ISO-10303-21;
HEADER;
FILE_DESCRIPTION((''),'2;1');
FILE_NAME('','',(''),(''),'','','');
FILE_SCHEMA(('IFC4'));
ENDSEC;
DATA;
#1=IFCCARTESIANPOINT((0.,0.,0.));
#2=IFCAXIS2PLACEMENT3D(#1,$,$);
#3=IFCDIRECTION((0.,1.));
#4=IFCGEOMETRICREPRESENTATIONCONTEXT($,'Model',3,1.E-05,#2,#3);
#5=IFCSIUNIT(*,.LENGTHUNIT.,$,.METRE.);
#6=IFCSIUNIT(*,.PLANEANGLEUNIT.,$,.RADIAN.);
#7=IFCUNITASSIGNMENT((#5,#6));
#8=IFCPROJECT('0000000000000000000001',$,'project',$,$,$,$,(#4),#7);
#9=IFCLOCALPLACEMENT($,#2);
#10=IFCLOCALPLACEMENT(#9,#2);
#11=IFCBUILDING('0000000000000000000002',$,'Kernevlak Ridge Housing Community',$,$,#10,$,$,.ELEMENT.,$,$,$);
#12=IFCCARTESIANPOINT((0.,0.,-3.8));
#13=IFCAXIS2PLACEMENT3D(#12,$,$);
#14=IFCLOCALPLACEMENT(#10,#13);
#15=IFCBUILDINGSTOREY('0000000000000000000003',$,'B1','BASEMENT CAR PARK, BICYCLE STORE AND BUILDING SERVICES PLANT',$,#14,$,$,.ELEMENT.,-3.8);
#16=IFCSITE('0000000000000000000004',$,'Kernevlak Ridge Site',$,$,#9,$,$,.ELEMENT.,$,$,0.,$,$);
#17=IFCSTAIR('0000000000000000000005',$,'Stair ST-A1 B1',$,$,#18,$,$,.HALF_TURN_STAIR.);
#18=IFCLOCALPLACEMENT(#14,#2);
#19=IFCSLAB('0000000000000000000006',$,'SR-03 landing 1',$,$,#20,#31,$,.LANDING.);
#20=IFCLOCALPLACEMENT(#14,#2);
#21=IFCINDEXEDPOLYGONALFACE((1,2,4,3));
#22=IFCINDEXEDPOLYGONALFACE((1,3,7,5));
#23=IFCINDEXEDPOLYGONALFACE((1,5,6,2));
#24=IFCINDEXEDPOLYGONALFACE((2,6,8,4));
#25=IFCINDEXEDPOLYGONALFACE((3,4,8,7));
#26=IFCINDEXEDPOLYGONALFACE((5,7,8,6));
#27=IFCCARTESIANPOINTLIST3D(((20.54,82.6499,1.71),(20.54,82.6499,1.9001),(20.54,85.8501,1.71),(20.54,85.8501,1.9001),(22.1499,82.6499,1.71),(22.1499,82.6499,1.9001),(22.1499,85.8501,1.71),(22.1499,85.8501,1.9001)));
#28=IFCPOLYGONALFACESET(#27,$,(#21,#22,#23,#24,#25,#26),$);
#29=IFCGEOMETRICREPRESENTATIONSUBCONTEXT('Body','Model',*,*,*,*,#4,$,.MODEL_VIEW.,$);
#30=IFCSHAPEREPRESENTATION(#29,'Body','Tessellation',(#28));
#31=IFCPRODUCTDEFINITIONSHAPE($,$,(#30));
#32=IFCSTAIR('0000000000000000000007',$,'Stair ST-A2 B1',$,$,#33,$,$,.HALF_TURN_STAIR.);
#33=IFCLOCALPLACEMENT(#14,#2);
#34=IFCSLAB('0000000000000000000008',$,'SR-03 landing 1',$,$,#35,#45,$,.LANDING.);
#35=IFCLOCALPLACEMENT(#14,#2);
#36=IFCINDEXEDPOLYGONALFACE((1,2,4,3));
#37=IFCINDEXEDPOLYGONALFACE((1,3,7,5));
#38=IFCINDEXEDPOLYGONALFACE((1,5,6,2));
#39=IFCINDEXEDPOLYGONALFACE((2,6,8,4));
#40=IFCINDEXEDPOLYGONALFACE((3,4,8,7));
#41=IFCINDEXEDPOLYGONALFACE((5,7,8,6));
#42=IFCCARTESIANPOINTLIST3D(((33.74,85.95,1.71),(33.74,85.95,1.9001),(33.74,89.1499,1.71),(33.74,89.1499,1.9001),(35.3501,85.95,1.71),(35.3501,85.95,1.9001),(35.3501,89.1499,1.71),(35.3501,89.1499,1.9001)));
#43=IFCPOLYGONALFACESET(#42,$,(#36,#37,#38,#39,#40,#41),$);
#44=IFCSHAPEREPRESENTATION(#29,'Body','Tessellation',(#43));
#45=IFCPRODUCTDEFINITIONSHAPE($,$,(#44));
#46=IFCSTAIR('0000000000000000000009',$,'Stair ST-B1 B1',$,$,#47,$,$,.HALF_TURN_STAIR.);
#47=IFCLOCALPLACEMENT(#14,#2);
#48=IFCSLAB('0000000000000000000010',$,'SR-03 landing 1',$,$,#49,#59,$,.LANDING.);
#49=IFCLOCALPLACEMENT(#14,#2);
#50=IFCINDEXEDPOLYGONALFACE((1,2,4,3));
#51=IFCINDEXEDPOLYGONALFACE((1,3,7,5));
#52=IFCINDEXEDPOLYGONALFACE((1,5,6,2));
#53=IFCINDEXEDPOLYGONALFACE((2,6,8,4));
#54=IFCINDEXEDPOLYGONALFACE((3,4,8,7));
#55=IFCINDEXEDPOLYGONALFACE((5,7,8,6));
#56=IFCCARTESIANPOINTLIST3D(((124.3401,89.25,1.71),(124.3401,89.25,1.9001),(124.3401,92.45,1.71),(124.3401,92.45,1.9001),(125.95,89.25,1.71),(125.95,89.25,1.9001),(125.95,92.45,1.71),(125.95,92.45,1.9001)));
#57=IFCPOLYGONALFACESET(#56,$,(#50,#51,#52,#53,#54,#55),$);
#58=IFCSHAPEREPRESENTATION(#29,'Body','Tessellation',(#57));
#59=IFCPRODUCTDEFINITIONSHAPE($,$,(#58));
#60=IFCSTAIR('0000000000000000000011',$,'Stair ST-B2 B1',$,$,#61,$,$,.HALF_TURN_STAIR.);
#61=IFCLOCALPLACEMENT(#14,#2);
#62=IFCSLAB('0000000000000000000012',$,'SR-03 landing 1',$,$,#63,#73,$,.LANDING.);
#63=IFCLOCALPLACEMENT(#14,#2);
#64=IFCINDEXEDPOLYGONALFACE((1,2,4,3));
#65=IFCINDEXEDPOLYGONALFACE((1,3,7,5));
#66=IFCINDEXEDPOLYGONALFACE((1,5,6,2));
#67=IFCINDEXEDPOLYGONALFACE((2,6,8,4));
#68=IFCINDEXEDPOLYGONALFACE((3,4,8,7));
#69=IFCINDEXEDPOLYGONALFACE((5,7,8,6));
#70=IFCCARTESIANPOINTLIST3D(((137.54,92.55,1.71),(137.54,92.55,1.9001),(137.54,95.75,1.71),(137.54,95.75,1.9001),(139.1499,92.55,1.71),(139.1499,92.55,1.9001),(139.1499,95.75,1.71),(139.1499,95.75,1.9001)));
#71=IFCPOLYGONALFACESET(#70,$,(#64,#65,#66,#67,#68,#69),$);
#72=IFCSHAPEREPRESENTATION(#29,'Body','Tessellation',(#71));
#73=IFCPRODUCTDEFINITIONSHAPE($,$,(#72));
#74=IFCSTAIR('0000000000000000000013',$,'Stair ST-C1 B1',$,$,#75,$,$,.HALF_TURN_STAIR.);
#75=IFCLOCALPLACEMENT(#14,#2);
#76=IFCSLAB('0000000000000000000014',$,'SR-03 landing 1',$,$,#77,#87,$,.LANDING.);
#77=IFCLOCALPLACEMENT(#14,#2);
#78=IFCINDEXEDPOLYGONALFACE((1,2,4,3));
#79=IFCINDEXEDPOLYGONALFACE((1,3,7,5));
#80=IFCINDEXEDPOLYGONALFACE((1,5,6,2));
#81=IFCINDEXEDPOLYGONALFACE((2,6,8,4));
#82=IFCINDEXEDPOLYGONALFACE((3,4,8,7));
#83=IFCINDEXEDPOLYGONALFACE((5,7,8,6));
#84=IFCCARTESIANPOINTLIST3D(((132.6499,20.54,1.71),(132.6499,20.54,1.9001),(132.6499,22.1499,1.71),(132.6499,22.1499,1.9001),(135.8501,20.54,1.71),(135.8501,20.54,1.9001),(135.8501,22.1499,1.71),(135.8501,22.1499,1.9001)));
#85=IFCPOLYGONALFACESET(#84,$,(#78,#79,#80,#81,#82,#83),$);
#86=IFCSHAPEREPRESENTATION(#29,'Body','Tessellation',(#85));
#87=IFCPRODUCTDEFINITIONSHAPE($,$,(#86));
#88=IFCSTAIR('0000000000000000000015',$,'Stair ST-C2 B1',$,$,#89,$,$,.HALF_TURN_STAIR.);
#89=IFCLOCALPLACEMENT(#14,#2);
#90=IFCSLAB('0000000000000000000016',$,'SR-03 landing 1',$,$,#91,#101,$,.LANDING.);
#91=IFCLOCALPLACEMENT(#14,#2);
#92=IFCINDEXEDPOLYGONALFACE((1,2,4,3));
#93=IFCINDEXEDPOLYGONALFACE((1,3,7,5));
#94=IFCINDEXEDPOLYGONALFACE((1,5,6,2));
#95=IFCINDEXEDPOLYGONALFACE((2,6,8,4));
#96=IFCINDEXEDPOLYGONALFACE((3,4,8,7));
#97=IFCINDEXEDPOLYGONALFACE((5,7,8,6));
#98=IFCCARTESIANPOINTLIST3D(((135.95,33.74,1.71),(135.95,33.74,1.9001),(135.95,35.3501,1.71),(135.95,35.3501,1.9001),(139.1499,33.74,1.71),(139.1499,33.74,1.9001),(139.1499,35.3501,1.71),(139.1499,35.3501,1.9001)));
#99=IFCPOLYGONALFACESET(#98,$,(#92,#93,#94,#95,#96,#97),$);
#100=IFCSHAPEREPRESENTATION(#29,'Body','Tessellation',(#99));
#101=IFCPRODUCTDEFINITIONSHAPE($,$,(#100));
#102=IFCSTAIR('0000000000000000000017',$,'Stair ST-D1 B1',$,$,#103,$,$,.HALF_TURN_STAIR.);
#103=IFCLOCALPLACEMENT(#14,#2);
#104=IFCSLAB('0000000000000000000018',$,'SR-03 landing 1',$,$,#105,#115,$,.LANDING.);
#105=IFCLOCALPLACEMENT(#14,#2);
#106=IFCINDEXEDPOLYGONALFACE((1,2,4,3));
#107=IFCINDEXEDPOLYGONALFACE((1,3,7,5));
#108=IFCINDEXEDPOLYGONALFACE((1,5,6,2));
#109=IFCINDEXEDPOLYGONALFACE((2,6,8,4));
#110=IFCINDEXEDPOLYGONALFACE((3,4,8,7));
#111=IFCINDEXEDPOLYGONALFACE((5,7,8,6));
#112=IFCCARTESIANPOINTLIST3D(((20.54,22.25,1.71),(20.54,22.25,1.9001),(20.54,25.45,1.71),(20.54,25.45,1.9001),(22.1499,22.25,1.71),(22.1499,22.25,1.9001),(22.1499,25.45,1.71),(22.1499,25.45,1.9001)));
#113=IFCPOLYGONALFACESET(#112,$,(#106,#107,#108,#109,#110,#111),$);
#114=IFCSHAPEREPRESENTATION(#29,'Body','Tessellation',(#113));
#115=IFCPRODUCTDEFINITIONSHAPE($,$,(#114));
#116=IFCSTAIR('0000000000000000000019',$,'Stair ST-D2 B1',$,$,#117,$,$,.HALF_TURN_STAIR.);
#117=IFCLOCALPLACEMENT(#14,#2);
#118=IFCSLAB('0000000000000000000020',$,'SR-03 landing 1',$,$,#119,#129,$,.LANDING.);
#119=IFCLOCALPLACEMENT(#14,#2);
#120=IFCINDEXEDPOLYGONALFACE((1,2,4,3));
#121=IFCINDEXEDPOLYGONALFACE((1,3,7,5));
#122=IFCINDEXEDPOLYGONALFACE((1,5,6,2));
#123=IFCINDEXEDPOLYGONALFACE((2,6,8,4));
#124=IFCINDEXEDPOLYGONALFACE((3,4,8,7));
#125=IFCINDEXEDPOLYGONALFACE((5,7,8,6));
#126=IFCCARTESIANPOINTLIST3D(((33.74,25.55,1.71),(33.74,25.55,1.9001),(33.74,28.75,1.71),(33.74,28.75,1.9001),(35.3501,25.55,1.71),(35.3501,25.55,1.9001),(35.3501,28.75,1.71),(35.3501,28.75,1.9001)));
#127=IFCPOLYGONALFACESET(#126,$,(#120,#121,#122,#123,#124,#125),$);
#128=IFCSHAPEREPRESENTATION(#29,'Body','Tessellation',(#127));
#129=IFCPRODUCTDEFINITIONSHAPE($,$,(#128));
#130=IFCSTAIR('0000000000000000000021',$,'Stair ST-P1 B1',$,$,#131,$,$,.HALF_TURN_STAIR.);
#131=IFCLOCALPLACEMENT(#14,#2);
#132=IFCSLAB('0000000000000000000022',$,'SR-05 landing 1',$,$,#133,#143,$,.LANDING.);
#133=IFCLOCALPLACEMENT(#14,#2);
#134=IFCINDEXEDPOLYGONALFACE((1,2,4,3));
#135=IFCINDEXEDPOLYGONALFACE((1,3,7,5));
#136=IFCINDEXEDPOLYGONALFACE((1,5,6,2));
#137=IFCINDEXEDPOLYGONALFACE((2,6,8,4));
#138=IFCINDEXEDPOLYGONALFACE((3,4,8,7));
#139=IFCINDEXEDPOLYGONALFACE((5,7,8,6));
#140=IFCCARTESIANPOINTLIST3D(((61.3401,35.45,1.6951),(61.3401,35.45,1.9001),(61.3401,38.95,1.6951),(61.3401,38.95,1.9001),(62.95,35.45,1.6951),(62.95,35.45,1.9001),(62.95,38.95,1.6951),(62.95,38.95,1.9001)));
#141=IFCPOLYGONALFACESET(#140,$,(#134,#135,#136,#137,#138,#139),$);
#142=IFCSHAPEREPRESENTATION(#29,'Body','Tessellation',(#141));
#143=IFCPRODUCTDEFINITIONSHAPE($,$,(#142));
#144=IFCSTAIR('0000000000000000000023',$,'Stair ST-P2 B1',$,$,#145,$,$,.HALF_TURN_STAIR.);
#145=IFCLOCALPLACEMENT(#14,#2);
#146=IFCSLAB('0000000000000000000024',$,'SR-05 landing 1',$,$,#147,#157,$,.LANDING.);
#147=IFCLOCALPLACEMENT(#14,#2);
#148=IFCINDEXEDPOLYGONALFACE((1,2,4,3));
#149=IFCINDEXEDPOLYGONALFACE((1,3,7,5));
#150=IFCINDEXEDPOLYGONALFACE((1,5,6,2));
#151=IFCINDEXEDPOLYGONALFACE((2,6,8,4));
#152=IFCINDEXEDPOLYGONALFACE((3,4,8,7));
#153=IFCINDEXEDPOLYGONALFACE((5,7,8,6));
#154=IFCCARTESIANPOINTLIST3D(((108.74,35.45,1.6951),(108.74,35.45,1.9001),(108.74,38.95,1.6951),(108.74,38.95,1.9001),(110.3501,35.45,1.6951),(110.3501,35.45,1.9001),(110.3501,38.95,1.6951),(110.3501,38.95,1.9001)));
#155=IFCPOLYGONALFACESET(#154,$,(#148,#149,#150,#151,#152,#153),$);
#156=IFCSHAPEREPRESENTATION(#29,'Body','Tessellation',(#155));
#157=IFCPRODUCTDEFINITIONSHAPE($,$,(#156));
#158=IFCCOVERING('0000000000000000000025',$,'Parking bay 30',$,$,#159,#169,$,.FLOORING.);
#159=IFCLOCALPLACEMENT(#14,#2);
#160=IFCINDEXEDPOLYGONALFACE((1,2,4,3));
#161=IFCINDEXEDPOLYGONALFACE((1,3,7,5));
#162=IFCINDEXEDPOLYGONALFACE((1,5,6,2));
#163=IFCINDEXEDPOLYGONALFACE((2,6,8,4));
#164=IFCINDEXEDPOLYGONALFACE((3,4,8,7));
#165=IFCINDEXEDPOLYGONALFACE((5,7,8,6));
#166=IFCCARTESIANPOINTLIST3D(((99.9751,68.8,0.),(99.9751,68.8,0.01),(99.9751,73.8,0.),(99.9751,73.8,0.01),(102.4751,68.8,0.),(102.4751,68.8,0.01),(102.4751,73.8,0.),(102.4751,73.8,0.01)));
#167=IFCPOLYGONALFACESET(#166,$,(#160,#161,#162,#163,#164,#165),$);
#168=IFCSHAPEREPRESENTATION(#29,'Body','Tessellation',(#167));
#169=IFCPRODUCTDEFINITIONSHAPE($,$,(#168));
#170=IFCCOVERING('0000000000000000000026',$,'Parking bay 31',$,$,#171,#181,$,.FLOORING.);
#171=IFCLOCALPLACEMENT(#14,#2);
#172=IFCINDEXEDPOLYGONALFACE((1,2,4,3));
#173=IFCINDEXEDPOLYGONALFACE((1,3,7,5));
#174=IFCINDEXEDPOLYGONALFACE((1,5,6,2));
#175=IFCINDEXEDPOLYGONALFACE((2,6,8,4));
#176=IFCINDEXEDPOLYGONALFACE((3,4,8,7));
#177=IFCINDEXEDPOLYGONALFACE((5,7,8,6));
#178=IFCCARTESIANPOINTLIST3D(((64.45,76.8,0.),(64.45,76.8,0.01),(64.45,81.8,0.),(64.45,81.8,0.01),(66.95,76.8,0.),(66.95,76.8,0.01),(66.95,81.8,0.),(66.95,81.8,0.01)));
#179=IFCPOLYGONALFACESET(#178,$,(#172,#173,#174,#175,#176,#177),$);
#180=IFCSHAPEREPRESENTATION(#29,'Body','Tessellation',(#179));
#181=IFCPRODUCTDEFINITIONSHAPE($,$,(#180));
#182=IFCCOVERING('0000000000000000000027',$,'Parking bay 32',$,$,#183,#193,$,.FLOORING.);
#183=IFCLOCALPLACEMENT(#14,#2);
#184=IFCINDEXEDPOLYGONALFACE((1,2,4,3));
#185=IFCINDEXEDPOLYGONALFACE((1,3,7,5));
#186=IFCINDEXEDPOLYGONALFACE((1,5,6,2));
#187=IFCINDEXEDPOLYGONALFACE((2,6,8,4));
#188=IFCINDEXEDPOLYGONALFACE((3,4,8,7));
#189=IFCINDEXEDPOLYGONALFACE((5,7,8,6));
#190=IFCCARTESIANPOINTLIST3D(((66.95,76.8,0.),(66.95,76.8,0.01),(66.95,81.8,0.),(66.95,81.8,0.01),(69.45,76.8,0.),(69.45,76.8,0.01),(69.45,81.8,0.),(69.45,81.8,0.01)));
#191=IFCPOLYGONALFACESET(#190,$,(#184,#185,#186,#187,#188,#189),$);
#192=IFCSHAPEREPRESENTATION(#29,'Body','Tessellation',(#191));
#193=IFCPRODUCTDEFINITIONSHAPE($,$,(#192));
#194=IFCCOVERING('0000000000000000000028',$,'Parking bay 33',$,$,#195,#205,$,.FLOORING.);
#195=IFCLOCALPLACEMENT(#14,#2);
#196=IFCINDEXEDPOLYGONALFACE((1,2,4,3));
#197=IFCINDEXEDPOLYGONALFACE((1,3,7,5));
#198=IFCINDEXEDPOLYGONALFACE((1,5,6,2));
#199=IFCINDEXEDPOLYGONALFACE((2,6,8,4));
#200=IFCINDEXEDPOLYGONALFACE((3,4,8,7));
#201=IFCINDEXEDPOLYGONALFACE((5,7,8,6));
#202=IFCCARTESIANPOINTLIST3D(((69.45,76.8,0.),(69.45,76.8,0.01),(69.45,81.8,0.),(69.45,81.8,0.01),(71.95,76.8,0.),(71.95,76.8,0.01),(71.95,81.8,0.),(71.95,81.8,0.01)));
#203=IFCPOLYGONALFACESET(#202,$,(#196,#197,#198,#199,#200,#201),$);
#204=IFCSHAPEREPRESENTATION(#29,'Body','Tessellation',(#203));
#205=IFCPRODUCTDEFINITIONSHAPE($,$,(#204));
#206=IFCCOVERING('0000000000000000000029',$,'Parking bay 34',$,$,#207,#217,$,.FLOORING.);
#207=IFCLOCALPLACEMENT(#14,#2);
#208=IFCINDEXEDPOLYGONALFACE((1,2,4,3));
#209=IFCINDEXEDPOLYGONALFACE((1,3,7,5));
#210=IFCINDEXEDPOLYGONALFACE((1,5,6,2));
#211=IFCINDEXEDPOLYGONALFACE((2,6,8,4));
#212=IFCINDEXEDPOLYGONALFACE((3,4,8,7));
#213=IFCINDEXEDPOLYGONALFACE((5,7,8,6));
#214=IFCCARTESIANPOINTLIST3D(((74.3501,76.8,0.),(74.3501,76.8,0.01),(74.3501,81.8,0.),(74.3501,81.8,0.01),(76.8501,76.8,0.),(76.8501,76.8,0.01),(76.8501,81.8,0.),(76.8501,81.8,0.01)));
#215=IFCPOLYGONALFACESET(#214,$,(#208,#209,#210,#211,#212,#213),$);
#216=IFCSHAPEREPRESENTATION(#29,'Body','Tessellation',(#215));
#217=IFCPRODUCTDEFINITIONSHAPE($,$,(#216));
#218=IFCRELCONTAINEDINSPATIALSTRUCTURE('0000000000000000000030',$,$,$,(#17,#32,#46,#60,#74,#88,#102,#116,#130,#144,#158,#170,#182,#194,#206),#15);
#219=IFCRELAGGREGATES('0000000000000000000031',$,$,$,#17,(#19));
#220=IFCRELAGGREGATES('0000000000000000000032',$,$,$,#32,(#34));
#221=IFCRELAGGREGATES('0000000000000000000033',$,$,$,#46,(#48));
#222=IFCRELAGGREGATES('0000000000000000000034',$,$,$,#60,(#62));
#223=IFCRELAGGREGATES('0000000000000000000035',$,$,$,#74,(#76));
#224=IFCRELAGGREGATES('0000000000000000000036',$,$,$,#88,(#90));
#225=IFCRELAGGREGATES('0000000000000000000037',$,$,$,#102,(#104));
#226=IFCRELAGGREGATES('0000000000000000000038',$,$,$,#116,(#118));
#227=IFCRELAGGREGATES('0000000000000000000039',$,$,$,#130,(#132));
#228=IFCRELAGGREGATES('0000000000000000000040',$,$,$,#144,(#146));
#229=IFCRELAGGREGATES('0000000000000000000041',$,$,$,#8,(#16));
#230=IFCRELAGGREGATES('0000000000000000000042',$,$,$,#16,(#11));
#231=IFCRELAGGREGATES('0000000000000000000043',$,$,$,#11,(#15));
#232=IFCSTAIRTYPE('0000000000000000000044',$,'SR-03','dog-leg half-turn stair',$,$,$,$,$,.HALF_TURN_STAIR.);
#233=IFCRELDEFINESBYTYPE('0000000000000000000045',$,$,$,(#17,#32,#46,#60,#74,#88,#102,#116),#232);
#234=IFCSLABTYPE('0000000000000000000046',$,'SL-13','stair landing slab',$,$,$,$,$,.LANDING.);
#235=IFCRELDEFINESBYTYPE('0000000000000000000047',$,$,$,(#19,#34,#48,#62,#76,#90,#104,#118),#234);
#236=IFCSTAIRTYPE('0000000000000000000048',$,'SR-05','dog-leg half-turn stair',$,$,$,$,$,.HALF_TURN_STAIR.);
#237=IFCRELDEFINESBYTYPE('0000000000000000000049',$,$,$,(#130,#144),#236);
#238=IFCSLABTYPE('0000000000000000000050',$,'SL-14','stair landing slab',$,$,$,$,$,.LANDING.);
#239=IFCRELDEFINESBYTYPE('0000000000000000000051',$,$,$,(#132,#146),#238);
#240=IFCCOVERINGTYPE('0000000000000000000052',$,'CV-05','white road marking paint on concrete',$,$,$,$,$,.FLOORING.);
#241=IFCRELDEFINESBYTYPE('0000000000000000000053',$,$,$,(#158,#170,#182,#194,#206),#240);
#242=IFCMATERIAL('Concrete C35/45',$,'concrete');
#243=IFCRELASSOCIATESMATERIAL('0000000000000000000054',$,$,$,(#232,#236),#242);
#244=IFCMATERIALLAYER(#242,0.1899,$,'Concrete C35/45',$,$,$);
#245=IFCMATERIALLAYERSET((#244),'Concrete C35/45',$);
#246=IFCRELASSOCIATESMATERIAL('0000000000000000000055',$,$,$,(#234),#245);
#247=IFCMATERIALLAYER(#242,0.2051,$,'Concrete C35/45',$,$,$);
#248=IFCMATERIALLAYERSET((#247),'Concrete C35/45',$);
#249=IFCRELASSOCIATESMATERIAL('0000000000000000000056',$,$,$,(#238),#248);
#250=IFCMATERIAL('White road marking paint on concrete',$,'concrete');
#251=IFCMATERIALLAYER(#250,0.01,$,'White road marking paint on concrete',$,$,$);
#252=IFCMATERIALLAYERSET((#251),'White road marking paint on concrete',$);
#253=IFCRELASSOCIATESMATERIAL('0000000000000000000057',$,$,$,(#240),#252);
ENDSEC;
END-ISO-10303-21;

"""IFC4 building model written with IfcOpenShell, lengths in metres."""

from ifc_helpers import new_model, si_unit, direction, frame, origin, place, context, subcontext, project, spatial, polyline, outline, extrude, material, layer, layer_set, type_object, element, aggregate, save


model = new_model("IFC4")

# Units and contexts
model_context = context("Model", 3, precision=1e-05, world=origin(), true_north=direction((0.0, 1.0)))
body_context = subcontext(model_context, "Body", "Model", "MODEL_VIEW")
ifc_project = project(units=[si_unit("LENGTHUNIT", "METRE"), si_unit("PLANEANGLEUNIT", "RADIAN")], contexts=[model_context])

# Site, building, storey
site_placement = place(None, origin())
site = spatial("IfcSite", under=ifc_project, at=site_placement, Name="Kernevlak Ridge Site", CompositionType="ELEMENT", RefElevation=0.0)
building_placement = place(site_placement, origin())
building = spatial("IfcBuilding", under=site, at=building_placement, Name="Kernevlak Ridge Housing Community", CompositionType="ELEMENT")
storey_placement = place(building_placement, frame((0.0, 0.0, -3.8)))
storey = spatial("IfcBuildingStorey", under=building, at=storey_placement, Name="B1", Description="BASEMENT CAR PARK, BICYCLE STORE AND BUILDING SERVICES PLANT", CompositionType="ELEMENT", Elevation=-3.8)

# Stairs, slabs
ifc_material_1 = material(Name="Concrete C35/45", Category="concrete")
stair_type_1 = type_object("IfcStairType", Name="SR-03", Description="dog-leg half-turn stair", PredefinedType="HALF_TURN_STAIR", material=ifc_material_1)
stair_1_placement = place(storey_placement, origin())
stair_1 = element("IfcStair", 1, at=stair_1_placement, inside=storey, type_object=stair_type_1, Name="Stair ST-A1 B1", PredefinedType="HALF_TURN_STAIR")
ifc_layer_1 = layer(ifc_material_1, 0.1899, Name="Concrete C35/45")
ifc_layer_set_1 = layer_set([ifc_layer_1], Name="Concrete C35/45")
slab_type_1 = type_object("IfcSlabType", Name="SL-13", Description="stair landing slab", PredefinedType="LANDING", material=ifc_layer_set_1)
slab_1_placement = place(storey_placement, frame((0.0, 0.0, 1.71)))
slab_1 = element("IfcSlab", 2, at=slab_1_placement, type_object=slab_type_1, Name="SR-03 landing 1", PredefinedType="LANDING", context=body_context, shape_type="SweptSolid", body=[
    extrude(outline(polyline([(20.54, 82.6499), (22.1499, 82.6499), (22.1499, 85.8501), (20.54, 85.8501), (20.54, 82.6499)])), origin(), (0.0, 0.0, 1.0), 0.1902),
])
aggregate(stair_1, [slab_1])
stair_2_placement = place(storey_placement, origin())
stair_2 = element("IfcStair", 3, at=stair_2_placement, inside=storey, type_object=stair_type_1, Name="Stair ST-A2 B1", PredefinedType="HALF_TURN_STAIR")
slab_2_placement = place(storey_placement, frame((0.0, 0.0, 1.71)))
slab_2 = element("IfcSlab", 4, at=slab_2_placement, type_object=slab_type_1, Name="SR-03 landing 1", PredefinedType="LANDING", context=body_context, shape_type="SweptSolid", body=[
    extrude(outline(polyline([(33.74, 85.95), (35.3501, 85.95), (35.3501, 89.1499), (33.74, 89.1499), (33.74, 85.95)])), origin(), (0.0, 0.0, 1.0), 0.1902),
])
aggregate(stair_2, [slab_2])
stair_3_placement = place(storey_placement, origin())
stair_3 = element("IfcStair", 5, at=stair_3_placement, inside=storey, type_object=stair_type_1, Name="Stair ST-B1 B1", PredefinedType="HALF_TURN_STAIR")
slab_3_placement = place(storey_placement, frame((0.0, 0.0, 1.71)))
slab_3 = element("IfcSlab", 6, at=slab_3_placement, type_object=slab_type_1, Name="SR-03 landing 1", PredefinedType="LANDING", context=body_context, shape_type="SweptSolid", body=[
    extrude(outline(polyline([(124.3401, 89.25), (125.95, 89.25), (125.95, 92.45), (124.3401, 92.45), (124.3401, 89.25)])), origin(), (0.0, 0.0, 1.0), 0.1902),
])
aggregate(stair_3, [slab_3])
stair_4_placement = place(storey_placement, origin())
stair_4 = element("IfcStair", 7, at=stair_4_placement, inside=storey, type_object=stair_type_1, Name="Stair ST-B2 B1", PredefinedType="HALF_TURN_STAIR")
slab_4_placement = place(storey_placement, frame((0.0, 0.0, 1.71)))
slab_4 = element("IfcSlab", 8, at=slab_4_placement, type_object=slab_type_1, Name="SR-03 landing 1", PredefinedType="LANDING", context=body_context, shape_type="SweptSolid", body=[
    extrude(outline(polyline([(137.54, 92.55), (139.1499, 92.55), (139.1499, 95.75), (137.54, 95.75), (137.54, 92.55)])), origin(), (0.0, 0.0, 1.0), 0.1902),
])
aggregate(stair_4, [slab_4])
stair_5_placement = place(storey_placement, origin())
stair_5 = element("IfcStair", 9, at=stair_5_placement, inside=storey, type_object=stair_type_1, Name="Stair ST-C1 B1", PredefinedType="HALF_TURN_STAIR")
slab_5_placement = place(storey_placement, frame((0.0, 0.0, 1.71)))
slab_5 = element("IfcSlab", 10, at=slab_5_placement, type_object=slab_type_1, Name="SR-03 landing 1", PredefinedType="LANDING", context=body_context, shape_type="SweptSolid", body=[
    extrude(outline(polyline([(135.8501, 20.54), (135.8501, 22.1499), (132.6499, 22.1499), (132.6499, 20.54), (135.8501, 20.54)])), origin(), (0.0, 0.0, 1.0), 0.1902),
])
aggregate(stair_5, [slab_5])
stair_6_placement = place(storey_placement, origin())
stair_6 = element("IfcStair", 11, at=stair_6_placement, inside=storey, type_object=stair_type_1, Name="Stair ST-C2 B1", PredefinedType="HALF_TURN_STAIR")
slab_6_placement = place(storey_placement, frame((0.0, 0.0, 1.71)))
slab_6 = element("IfcSlab", 12, at=slab_6_placement, type_object=slab_type_1, Name="SR-03 landing 1", PredefinedType="LANDING", context=body_context, shape_type="SweptSolid", body=[
    extrude(outline(polyline([(139.1499, 33.74), (139.1499, 35.3501), (135.95, 35.3501), (135.95, 33.74), (139.1499, 33.74)])), origin(), (0.0, 0.0, 1.0), 0.1902),
])
aggregate(stair_6, [slab_6])
stair_7_placement = place(storey_placement, origin())
stair_7 = element("IfcStair", 13, at=stair_7_placement, inside=storey, type_object=stair_type_1, Name="Stair ST-D1 B1", PredefinedType="HALF_TURN_STAIR")
slab_7_placement = place(storey_placement, frame((0.0, 0.0, 1.71)))
slab_7 = element("IfcSlab", 14, at=slab_7_placement, type_object=slab_type_1, Name="SR-03 landing 1", PredefinedType="LANDING", context=body_context, shape_type="SweptSolid", body=[
    extrude(outline(polyline([(20.54, 22.25), (22.1499, 22.25), (22.1499, 25.45), (20.54, 25.45), (20.54, 22.25)])), origin(), (0.0, 0.0, 1.0), 0.1902),
])
aggregate(stair_7, [slab_7])
stair_8_placement = place(storey_placement, origin())
stair_8 = element("IfcStair", 15, at=stair_8_placement, inside=storey, type_object=stair_type_1, Name="Stair ST-D2 B1", PredefinedType="HALF_TURN_STAIR")
slab_8_placement = place(storey_placement, frame((0.0, 0.0, 1.71)))
slab_8 = element("IfcSlab", 16, at=slab_8_placement, type_object=slab_type_1, Name="SR-03 landing 1", PredefinedType="LANDING", context=body_context, shape_type="SweptSolid", body=[
    extrude(outline(polyline([(33.74, 25.55), (35.3501, 25.55), (35.3501, 28.75), (33.74, 28.75), (33.74, 25.55)])), origin(), (0.0, 0.0, 1.0), 0.1902),
])
aggregate(stair_8, [slab_8])
stair_type_2 = type_object("IfcStairType", Name="SR-05", Description="dog-leg half-turn stair", PredefinedType="HALF_TURN_STAIR", material=ifc_material_1)
stair_9_placement = place(storey_placement, origin())
stair_9 = element("IfcStair", 17, at=stair_9_placement, inside=storey, type_object=stair_type_2, Name="Stair ST-P1 B1", PredefinedType="HALF_TURN_STAIR")
ifc_layer_2 = layer(ifc_material_1, 0.2051, Name="Concrete C35/45")
ifc_layer_set_2 = layer_set([ifc_layer_2], Name="Concrete C35/45")
slab_type_2 = type_object("IfcSlabType", Name="SL-14", Description="stair landing slab", PredefinedType="LANDING", material=ifc_layer_set_2)
slab_9_placement = place(storey_placement, frame((0.0, 0.0, 1.6951)))
slab_9 = element("IfcSlab", 18, at=slab_9_placement, type_object=slab_type_2, Name="SR-05 landing 1", PredefinedType="LANDING", context=body_context, shape_type="SweptSolid", body=[
    extrude(outline(polyline([(61.3401, 35.45), (62.95, 35.45), (62.95, 38.95), (61.3401, 38.95), (61.3401, 35.45)])), origin(), (0.0, 0.0, 1.0), 0.2051),
])
aggregate(stair_9, [slab_9])
stair_10_placement = place(storey_placement, origin())
stair_10 = element("IfcStair", 19, at=stair_10_placement, inside=storey, type_object=stair_type_2, Name="Stair ST-P2 B1", PredefinedType="HALF_TURN_STAIR")
slab_10_placement = place(storey_placement, frame((0.0, 0.0, 1.6951)))
slab_10 = element("IfcSlab", 20, at=slab_10_placement, type_object=slab_type_2, Name="SR-05 landing 1", PredefinedType="LANDING", context=body_context, shape_type="SweptSolid", body=[
    extrude(outline(polyline([(108.74, 35.45), (110.3501, 35.45), (110.3501, 38.95), (108.74, 38.95), (108.74, 35.45)])), origin(), (0.0, 0.0, 1.0), 0.2051),
])
aggregate(stair_10, [slab_10])

# Coverings
ifc_material_2 = material(Name="White road marking paint on concrete", Category="concrete")
ifc_layer_3 = layer(ifc_material_2, 0.01, Name="White road marking paint on concrete")
ifc_layer_set_3 = layer_set([ifc_layer_3], Name="White road marking paint on concrete")
covering_type = type_object("IfcCoveringType", Name="CV-05", Description="white road marking paint on concrete", PredefinedType="FLOORING", material=ifc_layer_set_3)
covering_1_placement = place(storey_placement, origin())
element("IfcCovering", 21, at=covering_1_placement, inside=storey, type_object=covering_type, Name="Parking bay 30", PredefinedType="FLOORING", context=body_context, shape_type="SweptSolid", body=[
    extrude(outline(polyline([(99.9751, 68.8), (102.4751, 68.8), (102.4751, 73.8), (99.9751, 73.8), (99.9751, 68.8)])), origin(), (0.0, 0.0, 1.0), 0.01),
])
covering_2_placement = place(storey_placement, origin())
element("IfcCovering", 22, at=covering_2_placement, inside=storey, type_object=covering_type, Name="Parking bay 31", PredefinedType="FLOORING", context=body_context, shape_type="SweptSolid", body=[
    extrude(outline(polyline([(64.45, 76.8), (66.95, 76.8), (66.95, 81.8), (64.45, 81.8), (64.45, 76.8)])), origin(), (0.0, 0.0, 1.0), 0.01),
])
covering_3_placement = place(storey_placement, origin())
element("IfcCovering", 23, at=covering_3_placement, inside=storey, type_object=covering_type, Name="Parking bay 32", PredefinedType="FLOORING", context=body_context, shape_type="SweptSolid", body=[
    extrude(outline(polyline([(66.95, 76.8), (69.45, 76.8), (69.45, 81.8), (66.95, 81.8), (66.95, 76.8)])), origin(), (0.0, 0.0, 1.0), 0.01),
])
covering_4_placement = place(storey_placement, origin())
element("IfcCovering", 24, at=covering_4_placement, inside=storey, type_object=covering_type, Name="Parking bay 33", PredefinedType="FLOORING", context=body_context, shape_type="SweptSolid", body=[
    extrude(outline(polyline([(69.45, 76.8), (71.95, 76.8), (71.95, 81.8), (69.45, 81.8), (69.45, 76.8)])), origin(), (0.0, 0.0, 1.0), 0.01),
])
covering_5_placement = place(storey_placement, origin())
element("IfcCovering", 25, at=covering_5_placement, inside=storey, type_object=covering_type, Name="Parking bay 34", PredefinedType="FLOORING", context=body_context, shape_type="SweptSolid", body=[
    extrude(outline(polyline([(74.3501, 76.8), (76.8501, 76.8), (76.8501, 81.8), (74.3501, 81.8), (74.3501, 76.8)])), origin(), (0.0, 0.0, 1.0), 0.01),
])

save(model, "model.ifc")
